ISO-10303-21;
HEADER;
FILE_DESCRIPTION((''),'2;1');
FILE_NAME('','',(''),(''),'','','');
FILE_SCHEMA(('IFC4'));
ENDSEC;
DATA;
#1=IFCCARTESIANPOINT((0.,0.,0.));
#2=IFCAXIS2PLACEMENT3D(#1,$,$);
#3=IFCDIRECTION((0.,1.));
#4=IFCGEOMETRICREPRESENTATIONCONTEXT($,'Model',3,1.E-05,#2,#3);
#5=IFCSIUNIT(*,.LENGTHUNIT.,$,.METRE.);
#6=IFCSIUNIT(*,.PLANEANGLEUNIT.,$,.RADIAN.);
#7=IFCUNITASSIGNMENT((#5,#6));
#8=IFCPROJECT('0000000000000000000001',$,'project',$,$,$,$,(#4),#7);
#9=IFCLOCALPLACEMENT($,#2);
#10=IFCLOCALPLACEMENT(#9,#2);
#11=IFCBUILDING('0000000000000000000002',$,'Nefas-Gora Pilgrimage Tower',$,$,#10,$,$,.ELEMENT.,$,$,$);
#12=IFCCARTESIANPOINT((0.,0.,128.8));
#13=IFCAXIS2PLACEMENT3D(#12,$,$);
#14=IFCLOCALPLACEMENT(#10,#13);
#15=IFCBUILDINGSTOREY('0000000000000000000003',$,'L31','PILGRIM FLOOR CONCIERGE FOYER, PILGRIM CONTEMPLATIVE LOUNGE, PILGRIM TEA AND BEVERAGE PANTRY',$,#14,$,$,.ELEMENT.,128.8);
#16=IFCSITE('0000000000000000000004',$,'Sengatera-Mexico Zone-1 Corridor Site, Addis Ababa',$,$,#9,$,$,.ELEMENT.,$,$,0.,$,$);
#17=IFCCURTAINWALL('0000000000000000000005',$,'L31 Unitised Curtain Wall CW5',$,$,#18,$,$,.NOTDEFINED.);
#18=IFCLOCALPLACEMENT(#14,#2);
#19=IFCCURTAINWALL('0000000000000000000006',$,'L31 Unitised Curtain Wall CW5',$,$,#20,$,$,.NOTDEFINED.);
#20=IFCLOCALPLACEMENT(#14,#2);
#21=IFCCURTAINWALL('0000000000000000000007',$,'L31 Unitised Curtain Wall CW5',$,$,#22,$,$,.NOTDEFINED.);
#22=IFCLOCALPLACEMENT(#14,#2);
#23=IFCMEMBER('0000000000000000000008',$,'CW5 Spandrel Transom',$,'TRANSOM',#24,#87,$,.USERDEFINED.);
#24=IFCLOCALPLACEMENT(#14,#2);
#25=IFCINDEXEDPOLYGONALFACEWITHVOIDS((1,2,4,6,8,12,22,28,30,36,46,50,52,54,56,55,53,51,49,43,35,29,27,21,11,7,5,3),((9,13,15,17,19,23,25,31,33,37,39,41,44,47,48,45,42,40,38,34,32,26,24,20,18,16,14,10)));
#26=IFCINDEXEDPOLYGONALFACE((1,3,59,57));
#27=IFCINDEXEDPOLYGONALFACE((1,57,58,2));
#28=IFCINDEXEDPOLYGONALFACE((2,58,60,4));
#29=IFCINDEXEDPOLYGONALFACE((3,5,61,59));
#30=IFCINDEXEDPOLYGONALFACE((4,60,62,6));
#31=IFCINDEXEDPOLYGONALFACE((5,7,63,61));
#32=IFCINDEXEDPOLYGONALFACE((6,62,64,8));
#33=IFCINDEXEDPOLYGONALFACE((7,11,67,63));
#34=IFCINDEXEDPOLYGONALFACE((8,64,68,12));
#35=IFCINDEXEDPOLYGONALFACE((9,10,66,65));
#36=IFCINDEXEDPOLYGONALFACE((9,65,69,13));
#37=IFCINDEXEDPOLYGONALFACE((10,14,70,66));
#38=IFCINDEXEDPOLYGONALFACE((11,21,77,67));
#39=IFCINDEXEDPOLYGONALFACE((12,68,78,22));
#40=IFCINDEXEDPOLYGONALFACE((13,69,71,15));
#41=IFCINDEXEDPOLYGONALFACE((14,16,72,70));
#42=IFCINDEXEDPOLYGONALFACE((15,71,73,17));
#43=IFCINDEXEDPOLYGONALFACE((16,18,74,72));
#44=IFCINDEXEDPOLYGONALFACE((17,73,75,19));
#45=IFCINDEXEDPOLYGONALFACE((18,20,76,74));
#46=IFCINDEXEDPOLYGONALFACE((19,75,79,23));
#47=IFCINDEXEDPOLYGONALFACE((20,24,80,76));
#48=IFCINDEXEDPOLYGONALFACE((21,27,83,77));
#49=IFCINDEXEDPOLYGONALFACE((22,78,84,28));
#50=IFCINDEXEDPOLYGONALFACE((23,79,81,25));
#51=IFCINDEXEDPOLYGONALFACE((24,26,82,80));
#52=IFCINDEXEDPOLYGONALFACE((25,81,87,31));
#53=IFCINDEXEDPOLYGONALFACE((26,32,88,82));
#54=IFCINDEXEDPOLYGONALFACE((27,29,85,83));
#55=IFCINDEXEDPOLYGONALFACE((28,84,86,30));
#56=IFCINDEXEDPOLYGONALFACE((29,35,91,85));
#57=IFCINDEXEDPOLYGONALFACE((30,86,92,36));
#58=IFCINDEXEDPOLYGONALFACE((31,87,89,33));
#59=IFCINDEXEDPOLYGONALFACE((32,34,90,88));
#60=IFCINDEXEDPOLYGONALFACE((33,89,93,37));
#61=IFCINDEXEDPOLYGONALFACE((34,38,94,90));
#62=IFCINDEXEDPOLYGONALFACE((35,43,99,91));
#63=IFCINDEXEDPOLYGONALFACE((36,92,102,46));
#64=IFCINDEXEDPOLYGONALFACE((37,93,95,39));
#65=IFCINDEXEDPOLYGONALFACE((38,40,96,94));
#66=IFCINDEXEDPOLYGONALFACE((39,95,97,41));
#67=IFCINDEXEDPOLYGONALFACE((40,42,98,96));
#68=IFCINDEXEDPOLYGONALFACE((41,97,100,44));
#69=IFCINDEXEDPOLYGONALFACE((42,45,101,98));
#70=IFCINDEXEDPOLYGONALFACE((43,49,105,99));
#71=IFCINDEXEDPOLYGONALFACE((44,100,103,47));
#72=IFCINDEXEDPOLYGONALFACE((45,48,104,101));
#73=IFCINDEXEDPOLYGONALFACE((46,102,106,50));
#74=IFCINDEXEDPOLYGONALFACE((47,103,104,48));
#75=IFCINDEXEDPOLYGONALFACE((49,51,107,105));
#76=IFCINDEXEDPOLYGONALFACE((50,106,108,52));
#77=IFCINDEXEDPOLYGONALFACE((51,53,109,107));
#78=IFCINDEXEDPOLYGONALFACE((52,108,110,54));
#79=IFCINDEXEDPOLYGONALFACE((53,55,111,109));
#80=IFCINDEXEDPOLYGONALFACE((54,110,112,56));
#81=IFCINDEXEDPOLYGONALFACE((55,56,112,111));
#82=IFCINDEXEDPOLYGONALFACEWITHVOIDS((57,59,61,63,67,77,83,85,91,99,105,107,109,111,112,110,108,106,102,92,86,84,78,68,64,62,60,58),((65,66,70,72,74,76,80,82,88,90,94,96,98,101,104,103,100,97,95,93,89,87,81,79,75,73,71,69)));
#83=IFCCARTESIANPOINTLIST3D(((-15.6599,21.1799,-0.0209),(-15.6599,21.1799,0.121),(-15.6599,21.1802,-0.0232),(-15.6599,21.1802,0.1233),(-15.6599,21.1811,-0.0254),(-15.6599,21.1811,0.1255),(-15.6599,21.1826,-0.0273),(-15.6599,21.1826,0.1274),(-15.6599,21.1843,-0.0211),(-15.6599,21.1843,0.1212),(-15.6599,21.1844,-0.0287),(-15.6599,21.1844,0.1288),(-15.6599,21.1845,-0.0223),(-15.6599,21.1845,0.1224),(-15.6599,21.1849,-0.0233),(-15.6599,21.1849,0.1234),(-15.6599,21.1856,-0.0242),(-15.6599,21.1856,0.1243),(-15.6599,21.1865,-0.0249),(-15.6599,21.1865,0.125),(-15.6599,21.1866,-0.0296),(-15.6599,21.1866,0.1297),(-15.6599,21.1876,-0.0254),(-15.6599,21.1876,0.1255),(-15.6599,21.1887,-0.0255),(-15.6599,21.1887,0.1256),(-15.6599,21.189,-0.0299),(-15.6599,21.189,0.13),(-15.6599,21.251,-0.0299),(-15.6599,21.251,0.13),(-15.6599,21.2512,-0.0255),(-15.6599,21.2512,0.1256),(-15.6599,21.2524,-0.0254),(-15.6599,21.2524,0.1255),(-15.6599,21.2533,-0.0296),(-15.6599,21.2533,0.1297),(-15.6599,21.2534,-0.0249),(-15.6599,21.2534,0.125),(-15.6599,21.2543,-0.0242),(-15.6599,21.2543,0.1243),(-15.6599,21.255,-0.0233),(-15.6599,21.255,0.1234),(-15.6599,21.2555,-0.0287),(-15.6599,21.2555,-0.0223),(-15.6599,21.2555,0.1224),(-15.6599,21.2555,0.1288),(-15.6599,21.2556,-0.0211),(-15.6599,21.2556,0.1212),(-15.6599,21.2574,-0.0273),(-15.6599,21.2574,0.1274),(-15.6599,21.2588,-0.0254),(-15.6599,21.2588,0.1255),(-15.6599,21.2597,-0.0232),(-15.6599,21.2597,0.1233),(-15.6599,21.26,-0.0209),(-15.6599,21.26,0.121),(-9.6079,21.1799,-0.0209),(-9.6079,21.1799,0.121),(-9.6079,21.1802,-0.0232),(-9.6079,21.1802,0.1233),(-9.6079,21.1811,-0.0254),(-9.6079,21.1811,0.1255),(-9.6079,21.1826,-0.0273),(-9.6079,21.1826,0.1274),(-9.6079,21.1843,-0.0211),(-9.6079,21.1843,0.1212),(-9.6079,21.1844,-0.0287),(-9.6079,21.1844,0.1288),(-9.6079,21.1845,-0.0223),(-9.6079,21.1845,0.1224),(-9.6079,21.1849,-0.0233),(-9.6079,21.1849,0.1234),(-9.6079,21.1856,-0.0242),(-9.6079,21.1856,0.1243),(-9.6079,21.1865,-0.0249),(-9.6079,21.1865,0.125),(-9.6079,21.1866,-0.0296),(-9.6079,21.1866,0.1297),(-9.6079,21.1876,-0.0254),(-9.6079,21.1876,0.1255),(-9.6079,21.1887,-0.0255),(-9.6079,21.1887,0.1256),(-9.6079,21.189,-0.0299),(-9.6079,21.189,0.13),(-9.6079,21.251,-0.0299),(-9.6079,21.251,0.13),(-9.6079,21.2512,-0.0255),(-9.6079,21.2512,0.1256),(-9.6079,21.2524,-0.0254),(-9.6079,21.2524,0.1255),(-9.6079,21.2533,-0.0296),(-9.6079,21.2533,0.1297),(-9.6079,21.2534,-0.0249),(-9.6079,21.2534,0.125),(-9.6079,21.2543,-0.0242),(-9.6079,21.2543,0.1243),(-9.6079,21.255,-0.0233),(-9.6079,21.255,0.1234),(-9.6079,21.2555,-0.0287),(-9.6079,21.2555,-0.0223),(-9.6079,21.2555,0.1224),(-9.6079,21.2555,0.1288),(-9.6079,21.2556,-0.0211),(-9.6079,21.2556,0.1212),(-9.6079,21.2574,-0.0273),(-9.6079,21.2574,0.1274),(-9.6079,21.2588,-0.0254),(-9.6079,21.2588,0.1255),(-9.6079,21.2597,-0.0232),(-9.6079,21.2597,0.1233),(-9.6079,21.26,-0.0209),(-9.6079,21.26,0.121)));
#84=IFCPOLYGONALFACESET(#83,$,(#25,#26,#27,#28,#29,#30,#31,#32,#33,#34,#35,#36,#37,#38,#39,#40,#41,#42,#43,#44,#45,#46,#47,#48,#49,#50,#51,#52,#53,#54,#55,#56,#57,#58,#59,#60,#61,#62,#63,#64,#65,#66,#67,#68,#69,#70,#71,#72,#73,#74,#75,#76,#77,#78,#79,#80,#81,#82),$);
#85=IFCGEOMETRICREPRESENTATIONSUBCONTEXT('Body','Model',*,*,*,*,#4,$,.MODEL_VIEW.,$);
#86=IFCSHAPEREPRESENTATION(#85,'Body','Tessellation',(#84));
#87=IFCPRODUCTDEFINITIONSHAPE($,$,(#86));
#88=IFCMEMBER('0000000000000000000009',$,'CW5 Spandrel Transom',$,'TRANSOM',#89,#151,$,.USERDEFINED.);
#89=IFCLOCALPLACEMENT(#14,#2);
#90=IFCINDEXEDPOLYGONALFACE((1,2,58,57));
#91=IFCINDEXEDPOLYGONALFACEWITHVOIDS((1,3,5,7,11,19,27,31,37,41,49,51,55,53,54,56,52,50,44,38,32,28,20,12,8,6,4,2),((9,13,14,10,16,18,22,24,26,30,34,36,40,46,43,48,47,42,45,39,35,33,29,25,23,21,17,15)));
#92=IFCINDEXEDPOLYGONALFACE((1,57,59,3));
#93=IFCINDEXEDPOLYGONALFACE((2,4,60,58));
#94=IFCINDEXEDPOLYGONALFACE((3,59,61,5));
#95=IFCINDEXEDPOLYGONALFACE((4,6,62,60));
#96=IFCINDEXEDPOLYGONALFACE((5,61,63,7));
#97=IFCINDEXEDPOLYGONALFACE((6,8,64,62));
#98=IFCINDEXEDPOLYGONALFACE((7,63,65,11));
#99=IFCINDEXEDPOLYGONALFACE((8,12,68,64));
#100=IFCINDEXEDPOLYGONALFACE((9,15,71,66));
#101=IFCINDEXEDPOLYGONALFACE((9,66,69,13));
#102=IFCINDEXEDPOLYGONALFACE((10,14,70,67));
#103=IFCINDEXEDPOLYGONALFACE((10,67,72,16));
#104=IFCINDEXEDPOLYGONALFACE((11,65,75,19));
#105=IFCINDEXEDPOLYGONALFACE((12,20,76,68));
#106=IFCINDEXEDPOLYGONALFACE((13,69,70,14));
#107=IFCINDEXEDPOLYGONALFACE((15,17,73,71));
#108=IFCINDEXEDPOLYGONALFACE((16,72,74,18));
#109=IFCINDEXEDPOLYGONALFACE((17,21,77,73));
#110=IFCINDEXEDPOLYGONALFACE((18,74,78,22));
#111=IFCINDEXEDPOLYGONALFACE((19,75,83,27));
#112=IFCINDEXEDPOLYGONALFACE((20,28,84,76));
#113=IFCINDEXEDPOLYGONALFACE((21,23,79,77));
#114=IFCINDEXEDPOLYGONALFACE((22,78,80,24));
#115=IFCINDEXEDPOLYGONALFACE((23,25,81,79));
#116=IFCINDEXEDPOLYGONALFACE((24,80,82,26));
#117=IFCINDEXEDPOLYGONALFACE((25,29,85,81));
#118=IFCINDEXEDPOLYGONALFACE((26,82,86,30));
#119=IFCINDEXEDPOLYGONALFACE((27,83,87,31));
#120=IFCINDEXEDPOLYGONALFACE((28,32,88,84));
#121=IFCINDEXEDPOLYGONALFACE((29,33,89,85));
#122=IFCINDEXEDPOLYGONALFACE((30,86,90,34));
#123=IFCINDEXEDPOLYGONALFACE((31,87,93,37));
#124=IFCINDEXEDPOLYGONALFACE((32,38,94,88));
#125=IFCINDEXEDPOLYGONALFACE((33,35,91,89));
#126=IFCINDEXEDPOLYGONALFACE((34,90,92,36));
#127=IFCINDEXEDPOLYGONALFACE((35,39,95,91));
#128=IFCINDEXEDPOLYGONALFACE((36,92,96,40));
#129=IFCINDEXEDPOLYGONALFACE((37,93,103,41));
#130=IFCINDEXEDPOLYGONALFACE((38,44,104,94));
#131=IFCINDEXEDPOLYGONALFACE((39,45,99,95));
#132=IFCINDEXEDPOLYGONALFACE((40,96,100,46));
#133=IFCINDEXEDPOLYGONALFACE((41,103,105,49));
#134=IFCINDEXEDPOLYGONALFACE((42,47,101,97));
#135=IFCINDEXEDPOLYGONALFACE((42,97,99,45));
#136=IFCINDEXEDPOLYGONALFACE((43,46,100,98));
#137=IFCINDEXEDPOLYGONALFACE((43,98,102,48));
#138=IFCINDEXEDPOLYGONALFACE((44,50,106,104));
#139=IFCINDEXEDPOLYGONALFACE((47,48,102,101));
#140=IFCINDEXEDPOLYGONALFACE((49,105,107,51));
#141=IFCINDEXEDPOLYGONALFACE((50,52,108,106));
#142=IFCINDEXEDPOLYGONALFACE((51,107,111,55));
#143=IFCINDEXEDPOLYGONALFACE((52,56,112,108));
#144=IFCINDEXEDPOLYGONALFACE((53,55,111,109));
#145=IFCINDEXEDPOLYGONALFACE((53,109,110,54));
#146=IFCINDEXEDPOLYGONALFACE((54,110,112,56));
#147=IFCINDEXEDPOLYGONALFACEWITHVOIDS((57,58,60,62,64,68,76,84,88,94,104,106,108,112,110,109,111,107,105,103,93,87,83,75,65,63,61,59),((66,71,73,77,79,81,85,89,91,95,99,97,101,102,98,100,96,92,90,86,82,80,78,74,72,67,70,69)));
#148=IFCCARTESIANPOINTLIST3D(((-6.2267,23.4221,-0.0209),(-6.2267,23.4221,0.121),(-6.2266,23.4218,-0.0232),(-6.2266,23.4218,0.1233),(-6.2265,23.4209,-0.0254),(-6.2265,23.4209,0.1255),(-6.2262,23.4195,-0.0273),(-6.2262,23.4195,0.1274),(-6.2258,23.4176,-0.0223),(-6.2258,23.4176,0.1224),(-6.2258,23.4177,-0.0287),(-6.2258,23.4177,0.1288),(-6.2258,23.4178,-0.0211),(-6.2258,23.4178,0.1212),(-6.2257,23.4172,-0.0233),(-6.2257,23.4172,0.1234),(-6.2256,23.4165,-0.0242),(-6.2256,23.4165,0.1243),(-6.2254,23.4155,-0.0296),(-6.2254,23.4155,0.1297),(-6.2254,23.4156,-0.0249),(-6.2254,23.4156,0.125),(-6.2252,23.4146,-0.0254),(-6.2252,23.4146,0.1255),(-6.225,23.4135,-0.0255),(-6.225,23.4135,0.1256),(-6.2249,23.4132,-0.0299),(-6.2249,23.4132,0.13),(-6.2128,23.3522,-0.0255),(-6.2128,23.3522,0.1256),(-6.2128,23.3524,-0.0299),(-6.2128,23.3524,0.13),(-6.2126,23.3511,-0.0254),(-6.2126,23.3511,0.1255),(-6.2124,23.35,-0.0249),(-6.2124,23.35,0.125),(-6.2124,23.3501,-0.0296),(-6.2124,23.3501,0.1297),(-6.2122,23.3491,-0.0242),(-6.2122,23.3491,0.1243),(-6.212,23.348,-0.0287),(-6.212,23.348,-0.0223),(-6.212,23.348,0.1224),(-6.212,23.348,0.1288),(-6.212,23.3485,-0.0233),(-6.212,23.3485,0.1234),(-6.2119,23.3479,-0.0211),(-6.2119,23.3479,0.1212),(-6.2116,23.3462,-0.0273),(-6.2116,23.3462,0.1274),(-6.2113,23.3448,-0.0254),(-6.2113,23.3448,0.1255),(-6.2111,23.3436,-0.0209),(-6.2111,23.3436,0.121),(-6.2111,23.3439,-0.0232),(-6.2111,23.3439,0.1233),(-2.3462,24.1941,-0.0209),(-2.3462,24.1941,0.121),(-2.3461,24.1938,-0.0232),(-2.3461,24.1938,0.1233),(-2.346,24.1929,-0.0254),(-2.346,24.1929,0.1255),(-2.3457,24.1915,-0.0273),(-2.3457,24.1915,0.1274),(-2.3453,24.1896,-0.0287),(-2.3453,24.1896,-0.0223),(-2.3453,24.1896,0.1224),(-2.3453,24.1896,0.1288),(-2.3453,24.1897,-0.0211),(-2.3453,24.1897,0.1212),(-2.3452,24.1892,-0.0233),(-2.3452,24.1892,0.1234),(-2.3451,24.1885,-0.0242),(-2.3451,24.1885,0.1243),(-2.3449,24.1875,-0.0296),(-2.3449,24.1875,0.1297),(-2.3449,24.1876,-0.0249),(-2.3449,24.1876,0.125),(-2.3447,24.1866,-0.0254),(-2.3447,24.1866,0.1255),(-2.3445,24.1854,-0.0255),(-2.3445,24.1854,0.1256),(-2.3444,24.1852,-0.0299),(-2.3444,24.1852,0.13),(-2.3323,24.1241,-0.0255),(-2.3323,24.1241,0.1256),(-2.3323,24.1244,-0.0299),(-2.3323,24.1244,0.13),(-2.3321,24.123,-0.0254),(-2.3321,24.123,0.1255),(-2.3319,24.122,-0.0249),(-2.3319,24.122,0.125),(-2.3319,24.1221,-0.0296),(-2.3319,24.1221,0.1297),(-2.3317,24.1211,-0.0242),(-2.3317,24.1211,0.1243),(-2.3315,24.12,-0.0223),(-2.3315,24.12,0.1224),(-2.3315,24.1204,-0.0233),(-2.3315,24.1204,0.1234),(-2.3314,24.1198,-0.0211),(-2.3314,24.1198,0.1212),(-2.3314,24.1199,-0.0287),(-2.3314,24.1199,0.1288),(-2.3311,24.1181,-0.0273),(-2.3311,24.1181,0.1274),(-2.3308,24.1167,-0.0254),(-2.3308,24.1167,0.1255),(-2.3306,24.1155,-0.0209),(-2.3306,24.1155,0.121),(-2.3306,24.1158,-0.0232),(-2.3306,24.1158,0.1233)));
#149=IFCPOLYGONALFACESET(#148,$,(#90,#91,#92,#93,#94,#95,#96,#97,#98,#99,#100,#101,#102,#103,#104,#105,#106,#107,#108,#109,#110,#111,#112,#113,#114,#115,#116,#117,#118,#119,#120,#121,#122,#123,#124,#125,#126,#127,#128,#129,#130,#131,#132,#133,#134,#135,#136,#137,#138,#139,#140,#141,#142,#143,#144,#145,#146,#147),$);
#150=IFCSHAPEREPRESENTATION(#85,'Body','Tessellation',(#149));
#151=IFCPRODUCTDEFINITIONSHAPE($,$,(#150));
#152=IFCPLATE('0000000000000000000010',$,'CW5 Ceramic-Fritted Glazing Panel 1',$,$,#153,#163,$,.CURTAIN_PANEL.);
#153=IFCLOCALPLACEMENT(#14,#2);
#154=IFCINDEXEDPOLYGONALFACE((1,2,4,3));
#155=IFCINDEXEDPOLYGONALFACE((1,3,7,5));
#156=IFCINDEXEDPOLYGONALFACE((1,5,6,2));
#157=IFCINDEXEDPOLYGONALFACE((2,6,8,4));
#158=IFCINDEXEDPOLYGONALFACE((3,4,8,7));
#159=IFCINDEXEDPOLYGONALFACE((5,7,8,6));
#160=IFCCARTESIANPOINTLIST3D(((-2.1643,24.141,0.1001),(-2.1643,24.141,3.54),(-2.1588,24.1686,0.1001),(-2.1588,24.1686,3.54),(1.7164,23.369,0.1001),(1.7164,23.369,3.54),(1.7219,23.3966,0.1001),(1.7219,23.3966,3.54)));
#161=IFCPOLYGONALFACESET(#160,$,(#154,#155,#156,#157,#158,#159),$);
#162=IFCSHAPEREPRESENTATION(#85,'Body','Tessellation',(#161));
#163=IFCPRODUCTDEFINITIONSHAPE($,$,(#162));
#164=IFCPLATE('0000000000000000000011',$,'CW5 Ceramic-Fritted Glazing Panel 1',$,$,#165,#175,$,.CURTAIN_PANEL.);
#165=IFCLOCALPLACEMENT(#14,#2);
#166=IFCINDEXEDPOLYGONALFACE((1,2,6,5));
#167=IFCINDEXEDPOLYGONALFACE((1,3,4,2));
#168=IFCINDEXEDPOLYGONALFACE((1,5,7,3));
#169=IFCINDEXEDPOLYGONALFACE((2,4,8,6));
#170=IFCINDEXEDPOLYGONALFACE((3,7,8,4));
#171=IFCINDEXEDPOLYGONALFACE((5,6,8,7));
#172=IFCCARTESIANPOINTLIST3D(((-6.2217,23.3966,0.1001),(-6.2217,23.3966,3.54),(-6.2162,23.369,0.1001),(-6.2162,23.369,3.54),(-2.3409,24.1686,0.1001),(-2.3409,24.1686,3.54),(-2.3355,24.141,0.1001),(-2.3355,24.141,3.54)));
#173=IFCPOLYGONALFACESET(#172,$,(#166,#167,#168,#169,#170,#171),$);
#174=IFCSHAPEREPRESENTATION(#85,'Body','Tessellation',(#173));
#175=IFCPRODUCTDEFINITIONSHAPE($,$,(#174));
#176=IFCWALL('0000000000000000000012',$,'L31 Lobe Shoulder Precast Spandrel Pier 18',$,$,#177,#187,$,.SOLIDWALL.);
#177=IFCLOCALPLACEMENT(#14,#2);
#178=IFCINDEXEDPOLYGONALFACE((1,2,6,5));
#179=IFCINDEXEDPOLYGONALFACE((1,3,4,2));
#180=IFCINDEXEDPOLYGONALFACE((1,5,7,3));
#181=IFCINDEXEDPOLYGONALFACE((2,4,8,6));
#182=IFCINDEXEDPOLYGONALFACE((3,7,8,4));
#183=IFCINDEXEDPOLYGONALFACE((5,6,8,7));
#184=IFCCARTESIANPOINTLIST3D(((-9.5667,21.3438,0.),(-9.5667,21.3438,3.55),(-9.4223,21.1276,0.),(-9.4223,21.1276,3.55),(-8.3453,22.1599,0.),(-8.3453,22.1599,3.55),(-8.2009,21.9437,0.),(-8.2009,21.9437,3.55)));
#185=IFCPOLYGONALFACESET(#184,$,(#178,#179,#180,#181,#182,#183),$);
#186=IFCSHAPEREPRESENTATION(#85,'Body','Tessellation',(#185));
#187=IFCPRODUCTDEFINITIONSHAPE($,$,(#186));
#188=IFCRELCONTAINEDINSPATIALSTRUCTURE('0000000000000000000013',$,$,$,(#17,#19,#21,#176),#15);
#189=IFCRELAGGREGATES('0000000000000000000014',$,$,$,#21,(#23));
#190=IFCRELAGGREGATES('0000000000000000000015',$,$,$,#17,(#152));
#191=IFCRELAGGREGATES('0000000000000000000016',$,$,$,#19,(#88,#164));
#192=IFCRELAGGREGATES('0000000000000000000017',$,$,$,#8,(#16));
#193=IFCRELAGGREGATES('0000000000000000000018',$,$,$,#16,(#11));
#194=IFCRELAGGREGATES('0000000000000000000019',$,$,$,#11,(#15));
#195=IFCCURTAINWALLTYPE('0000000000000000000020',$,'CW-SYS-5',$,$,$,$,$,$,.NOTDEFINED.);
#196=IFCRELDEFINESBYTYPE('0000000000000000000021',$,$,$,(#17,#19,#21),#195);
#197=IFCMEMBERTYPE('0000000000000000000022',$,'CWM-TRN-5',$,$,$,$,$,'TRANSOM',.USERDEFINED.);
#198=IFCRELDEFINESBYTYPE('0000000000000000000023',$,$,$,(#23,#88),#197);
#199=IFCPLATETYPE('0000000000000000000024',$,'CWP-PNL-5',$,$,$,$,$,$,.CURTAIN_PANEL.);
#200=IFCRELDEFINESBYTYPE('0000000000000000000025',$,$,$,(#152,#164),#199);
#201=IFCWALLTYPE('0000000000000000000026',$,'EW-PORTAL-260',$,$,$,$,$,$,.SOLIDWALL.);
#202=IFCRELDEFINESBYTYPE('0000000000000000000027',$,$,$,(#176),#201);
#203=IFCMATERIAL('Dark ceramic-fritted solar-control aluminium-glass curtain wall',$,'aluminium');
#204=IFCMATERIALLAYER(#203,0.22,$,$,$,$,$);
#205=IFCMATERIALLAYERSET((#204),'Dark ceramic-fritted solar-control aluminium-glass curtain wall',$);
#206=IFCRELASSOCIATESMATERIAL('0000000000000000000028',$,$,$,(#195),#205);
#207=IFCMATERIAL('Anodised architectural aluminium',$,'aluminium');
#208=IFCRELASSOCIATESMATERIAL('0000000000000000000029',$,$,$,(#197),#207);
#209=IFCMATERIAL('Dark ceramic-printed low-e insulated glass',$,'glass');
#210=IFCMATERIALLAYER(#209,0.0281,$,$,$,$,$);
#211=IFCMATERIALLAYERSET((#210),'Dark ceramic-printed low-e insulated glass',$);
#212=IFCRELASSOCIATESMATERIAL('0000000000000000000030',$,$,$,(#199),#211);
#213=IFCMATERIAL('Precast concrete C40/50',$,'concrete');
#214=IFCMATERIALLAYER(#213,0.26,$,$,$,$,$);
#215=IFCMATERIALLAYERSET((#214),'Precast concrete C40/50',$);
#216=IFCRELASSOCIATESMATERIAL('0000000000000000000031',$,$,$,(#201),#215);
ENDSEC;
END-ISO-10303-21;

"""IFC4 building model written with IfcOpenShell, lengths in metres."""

from ifc_helpers import new_model, si_unit, direction, frame, frame_2d, origin, origin_2d, place, context, subcontext, project, spatial, rectangle, hollow_rectangle, extrude, source, transform, mapped, material, layer, layer_set, material_profile, profile_set, type_object, element, aggregate, save


model = new_model("IFC4")

# Units and contexts
model_context = context("Model", 3, precision=1e-05, world=origin(), true_north=direction((0.0, 1.0)))
body_context = subcontext(model_context, "Body", "Model", "MODEL_VIEW")
ifc_project = project(units=[si_unit("LENGTHUNIT", "METRE"), si_unit("PLANEANGLEUNIT", "RADIAN")], contexts=[model_context])

# Site, building, storey
site_placement = place(None, origin())
site = spatial("IfcSite", under=ifc_project, at=site_placement, Name="Sengatera-Mexico Zone-1 Corridor Site, Addis Ababa", CompositionType="ELEMENT", RefElevation=0.0)
building_placement = place(site_placement, origin())
building = spatial("IfcBuilding", under=site, at=building_placement, Name="Nefas-Gora Pilgrimage Tower", CompositionType="ELEMENT")
storey_placement = place(building_placement, frame((0.0, 0.0, 128.8)))
storey = spatial("IfcBuildingStorey", under=building, at=storey_placement, Name="L31", Description="PILGRIM FLOOR CONCIERGE FOYER, PILGRIM CONTEMPLATIVE LOUNGE, PILGRIM TEA AND BEVERAGE PANTRY", CompositionType="ELEMENT", Elevation=128.8)

# Curtain wall
ifc_material_1 = material(Name="Dark ceramic-fritted solar-control aluminium-glass curtain wall", Category="aluminium")
ifc_layer_1 = layer(ifc_material_1, 0.22)
ifc_layer_set_1 = layer_set([ifc_layer_1], Name="Dark ceramic-fritted solar-control aluminium-glass curtain wall")
curtain_wall_type = type_object("IfcCurtainWallType", Name="CW-SYS-5", PredefinedType="NOTDEFINED", material=ifc_layer_set_1)
curtain_wall_1_placement = place(storey_placement, origin())
curtain_wall_1 = element("IfcCurtainWall", 1, at=curtain_wall_1_placement, inside=storey, type_object=curtain_wall_type, Name="L31 Unitised Curtain Wall CW5", PredefinedType="NOTDEFINED")
ifc_material_2 = material(Name="Anodised architectural aluminium", Category="aluminium")

# Curtain walls, member
curtain_wall_2_placement = place(storey_placement, origin())
curtain_wall_2 = element("IfcCurtainWall", 2, at=curtain_wall_2_placement, inside=storey, type_object=curtain_wall_type, Name="L31 Unitised Curtain Wall CW5", PredefinedType="NOTDEFINED")
curtain_wall_3_placement = place(storey_placement, origin())
curtain_wall_3 = element("IfcCurtainWall", 3, at=curtain_wall_3_placement, inside=storey, type_object=curtain_wall_type, Name="L31 Unitised Curtain Wall CW5", PredefinedType="NOTDEFINED")
ifc_material_profile_1 = material_profile(ifc_material_2, hollow_rectangle(XDim=0.0801, YDim=0.1599, WallThickness=0.0044, InnerFilletRadius=0.0044, OuterFilletRadius=0.009, at=origin_2d()), Name="ALU TRANSOM 80x160")
ifc_profile_set_1 = profile_set([ifc_material_profile_1], Name="Anodised architectural aluminium")
member_type_1 = type_object("IfcMemberType", Name="CWM-TRN-5", ElementType="TRANSOM", PredefinedType="USERDEFINED", material=ifc_profile_set_1)
shared_shape_1 = source(origin(), body_context, "Body", "SweptSolid", [
    extrude(hollow_rectangle(XDim=0.0801, YDim=0.1599, WallThickness=0.0044, InnerFilletRadius=0.0044, OuterFilletRadius=0.009, at=origin_2d()), origin(), (0.0, 0.0, 1.0), 6.052),
])
member_1_placement = place(storey_placement, frame((-9.6079, 21.22, 0.05), z_axis=(-1.0, 0.0, 0.0), x_axis=(0.0, -1.0, 0.0)))
member_1 = element("IfcMember", 4, at=member_1_placement, type_object=member_type_1, Name="CW5 Spandrel Transom", ObjectType="TRANSOM", PredefinedType="USERDEFINED", context=body_context, shape_type="MappedRepresentation", body=[
    mapped(shared_shape_1, transform((0.0, 0.0, 0.0), x_axis=(1.0, 0.0, 0.0), y_axis=(0.0, 1.0, 0.0), z_axis=(0.0, 0.0, 1.0), scale=1.0)),
])
aggregate(curtain_wall_3, [member_1])

# Member
shared_shape_2 = source(origin(), body_context, "Body", "SweptSolid", [
    extrude(hollow_rectangle(XDim=0.0801, YDim=0.1599, WallThickness=0.0044, InnerFilletRadius=0.0044, OuterFilletRadius=0.009, at=origin_2d()), origin(), (0.0, 0.0, 1.0), 3.9565),
])
member_2_placement = place(storey_placement, frame((-2.3384, 24.1548, 0.05), z_axis=(-0.980782, -0.195107, 0.0), x_axis=(0.195107, -0.980782, 0.0)))
member_2 = element("IfcMember", 5, at=member_2_placement, type_object=member_type_1, Name="CW5 Spandrel Transom", ObjectType="TRANSOM", PredefinedType="USERDEFINED", context=body_context, shape_type="MappedRepresentation", body=[
    mapped(shared_shape_2, transform((0.0, 0.0, 0.0), x_axis=(1.0, 0.0, 0.0), y_axis=(0.0, 1.0, 0.0), z_axis=(0.0, 0.0, 1.0), scale=1.0)),
])

# Plates
ifc_material_3 = material(Name="Dark ceramic-printed low-e insulated glass", Category="glass")
ifc_layer_2 = layer(ifc_material_3, 0.0281)
ifc_layer_set_2 = layer_set([ifc_layer_2], Name="Dark ceramic-printed low-e insulated glass")
plate_type = type_object("IfcPlateType", Name="CWP-PNL-5", PredefinedType="CURTAIN_PANEL", material=ifc_layer_set_2)
shared_shape_3 = source(origin(), body_context, "Body", "SweptSolid", [
    extrude(rectangle(XDim=3.9568, YDim=0.0281, at=origin_2d()), origin(), (0.0, 0.0, 1.0), 3.4399),
])
plate_1_placement = place(storey_placement, frame((-0.2212, 23.7688, 0.1001), z_axis=(0.0, 0.0, 1.0), x_axis=(-0.980783, 0.195102, 0.0)))
plate_1 = element("IfcPlate", 6, at=plate_1_placement, type_object=plate_type, Name="CW5 Ceramic-Fritted Glazing Panel 1", PredefinedType="CURTAIN_PANEL", context=body_context, shape_type="MappedRepresentation", body=[
    mapped(shared_shape_3, transform((0.0, 0.0, 0.0), x_axis=(1.0, 0.0, 0.0), y_axis=(0.0, 1.0, 0.0), z_axis=(0.0, 0.0, 1.0), scale=1.0)),
])
aggregate(curtain_wall_1, [plate_1])
plate_2_placement = place(storey_placement, frame((-4.2786, 23.7688, 0.1001), z_axis=(0.0, 0.0, 1.0), x_axis=(-0.980783, -0.195102, 0.0)))
plate_2 = element("IfcPlate", 7, at=plate_2_placement, type_object=plate_type, Name="CW5 Ceramic-Fritted Glazing Panel 1", PredefinedType="CURTAIN_PANEL", context=body_context, shape_type="MappedRepresentation", body=[
    mapped(shared_shape_3, transform((0.0, 0.0, 0.0), x_axis=(1.0, 0.0, 0.0), y_axis=(0.0, 1.0, 0.0), z_axis=(0.0, 0.0, 1.0), scale=1.0)),
])
aggregate(curtain_wall_2, [member_2, plate_2])

# Wall
ifc_material_4 = material(Name="Precast concrete C40/50", Category="concrete")
ifc_layer_3 = layer(ifc_material_4, 0.26)
ifc_layer_set_3 = layer_set([ifc_layer_3], Name="Precast concrete C40/50")
wall_type_1 = type_object("IfcWallType", Name="EW-PORTAL-260", PredefinedType="SOLIDWALL", material=ifc_layer_set_3)
shared_shape_4 = source(origin(), body_context, "Body", "SweptSolid", [
    extrude(rectangle(XDim=1.469, YDim=0.26, at=frame_2d((0.7344, 0.0))), origin(), (0.0, 0.0, 1.0), 3.55),
])
wall_1_placement = place(storey_placement, frame((-8.2732, 22.0518, 0.0), z_axis=(0.0, 0.0, 1.0), x_axis=(-0.831462, -0.555582, 0.0)))
element("IfcWall", 8, at=wall_1_placement, inside=storey, type_object=wall_type_1, Name="L31 Lobe Shoulder Precast Spandrel Pier 18", PredefinedType="SOLIDWALL", context=body_context, shape_type="MappedRepresentation", body=[
    mapped(shared_shape_4, transform((0.0, 0.0, 0.0), x_axis=(1.0, 0.0, 0.0), y_axis=(0.0, 1.0, 0.0), z_axis=(0.0, 0.0, 1.0), scale=1.0)),
])

save(model, "model.ifc")
